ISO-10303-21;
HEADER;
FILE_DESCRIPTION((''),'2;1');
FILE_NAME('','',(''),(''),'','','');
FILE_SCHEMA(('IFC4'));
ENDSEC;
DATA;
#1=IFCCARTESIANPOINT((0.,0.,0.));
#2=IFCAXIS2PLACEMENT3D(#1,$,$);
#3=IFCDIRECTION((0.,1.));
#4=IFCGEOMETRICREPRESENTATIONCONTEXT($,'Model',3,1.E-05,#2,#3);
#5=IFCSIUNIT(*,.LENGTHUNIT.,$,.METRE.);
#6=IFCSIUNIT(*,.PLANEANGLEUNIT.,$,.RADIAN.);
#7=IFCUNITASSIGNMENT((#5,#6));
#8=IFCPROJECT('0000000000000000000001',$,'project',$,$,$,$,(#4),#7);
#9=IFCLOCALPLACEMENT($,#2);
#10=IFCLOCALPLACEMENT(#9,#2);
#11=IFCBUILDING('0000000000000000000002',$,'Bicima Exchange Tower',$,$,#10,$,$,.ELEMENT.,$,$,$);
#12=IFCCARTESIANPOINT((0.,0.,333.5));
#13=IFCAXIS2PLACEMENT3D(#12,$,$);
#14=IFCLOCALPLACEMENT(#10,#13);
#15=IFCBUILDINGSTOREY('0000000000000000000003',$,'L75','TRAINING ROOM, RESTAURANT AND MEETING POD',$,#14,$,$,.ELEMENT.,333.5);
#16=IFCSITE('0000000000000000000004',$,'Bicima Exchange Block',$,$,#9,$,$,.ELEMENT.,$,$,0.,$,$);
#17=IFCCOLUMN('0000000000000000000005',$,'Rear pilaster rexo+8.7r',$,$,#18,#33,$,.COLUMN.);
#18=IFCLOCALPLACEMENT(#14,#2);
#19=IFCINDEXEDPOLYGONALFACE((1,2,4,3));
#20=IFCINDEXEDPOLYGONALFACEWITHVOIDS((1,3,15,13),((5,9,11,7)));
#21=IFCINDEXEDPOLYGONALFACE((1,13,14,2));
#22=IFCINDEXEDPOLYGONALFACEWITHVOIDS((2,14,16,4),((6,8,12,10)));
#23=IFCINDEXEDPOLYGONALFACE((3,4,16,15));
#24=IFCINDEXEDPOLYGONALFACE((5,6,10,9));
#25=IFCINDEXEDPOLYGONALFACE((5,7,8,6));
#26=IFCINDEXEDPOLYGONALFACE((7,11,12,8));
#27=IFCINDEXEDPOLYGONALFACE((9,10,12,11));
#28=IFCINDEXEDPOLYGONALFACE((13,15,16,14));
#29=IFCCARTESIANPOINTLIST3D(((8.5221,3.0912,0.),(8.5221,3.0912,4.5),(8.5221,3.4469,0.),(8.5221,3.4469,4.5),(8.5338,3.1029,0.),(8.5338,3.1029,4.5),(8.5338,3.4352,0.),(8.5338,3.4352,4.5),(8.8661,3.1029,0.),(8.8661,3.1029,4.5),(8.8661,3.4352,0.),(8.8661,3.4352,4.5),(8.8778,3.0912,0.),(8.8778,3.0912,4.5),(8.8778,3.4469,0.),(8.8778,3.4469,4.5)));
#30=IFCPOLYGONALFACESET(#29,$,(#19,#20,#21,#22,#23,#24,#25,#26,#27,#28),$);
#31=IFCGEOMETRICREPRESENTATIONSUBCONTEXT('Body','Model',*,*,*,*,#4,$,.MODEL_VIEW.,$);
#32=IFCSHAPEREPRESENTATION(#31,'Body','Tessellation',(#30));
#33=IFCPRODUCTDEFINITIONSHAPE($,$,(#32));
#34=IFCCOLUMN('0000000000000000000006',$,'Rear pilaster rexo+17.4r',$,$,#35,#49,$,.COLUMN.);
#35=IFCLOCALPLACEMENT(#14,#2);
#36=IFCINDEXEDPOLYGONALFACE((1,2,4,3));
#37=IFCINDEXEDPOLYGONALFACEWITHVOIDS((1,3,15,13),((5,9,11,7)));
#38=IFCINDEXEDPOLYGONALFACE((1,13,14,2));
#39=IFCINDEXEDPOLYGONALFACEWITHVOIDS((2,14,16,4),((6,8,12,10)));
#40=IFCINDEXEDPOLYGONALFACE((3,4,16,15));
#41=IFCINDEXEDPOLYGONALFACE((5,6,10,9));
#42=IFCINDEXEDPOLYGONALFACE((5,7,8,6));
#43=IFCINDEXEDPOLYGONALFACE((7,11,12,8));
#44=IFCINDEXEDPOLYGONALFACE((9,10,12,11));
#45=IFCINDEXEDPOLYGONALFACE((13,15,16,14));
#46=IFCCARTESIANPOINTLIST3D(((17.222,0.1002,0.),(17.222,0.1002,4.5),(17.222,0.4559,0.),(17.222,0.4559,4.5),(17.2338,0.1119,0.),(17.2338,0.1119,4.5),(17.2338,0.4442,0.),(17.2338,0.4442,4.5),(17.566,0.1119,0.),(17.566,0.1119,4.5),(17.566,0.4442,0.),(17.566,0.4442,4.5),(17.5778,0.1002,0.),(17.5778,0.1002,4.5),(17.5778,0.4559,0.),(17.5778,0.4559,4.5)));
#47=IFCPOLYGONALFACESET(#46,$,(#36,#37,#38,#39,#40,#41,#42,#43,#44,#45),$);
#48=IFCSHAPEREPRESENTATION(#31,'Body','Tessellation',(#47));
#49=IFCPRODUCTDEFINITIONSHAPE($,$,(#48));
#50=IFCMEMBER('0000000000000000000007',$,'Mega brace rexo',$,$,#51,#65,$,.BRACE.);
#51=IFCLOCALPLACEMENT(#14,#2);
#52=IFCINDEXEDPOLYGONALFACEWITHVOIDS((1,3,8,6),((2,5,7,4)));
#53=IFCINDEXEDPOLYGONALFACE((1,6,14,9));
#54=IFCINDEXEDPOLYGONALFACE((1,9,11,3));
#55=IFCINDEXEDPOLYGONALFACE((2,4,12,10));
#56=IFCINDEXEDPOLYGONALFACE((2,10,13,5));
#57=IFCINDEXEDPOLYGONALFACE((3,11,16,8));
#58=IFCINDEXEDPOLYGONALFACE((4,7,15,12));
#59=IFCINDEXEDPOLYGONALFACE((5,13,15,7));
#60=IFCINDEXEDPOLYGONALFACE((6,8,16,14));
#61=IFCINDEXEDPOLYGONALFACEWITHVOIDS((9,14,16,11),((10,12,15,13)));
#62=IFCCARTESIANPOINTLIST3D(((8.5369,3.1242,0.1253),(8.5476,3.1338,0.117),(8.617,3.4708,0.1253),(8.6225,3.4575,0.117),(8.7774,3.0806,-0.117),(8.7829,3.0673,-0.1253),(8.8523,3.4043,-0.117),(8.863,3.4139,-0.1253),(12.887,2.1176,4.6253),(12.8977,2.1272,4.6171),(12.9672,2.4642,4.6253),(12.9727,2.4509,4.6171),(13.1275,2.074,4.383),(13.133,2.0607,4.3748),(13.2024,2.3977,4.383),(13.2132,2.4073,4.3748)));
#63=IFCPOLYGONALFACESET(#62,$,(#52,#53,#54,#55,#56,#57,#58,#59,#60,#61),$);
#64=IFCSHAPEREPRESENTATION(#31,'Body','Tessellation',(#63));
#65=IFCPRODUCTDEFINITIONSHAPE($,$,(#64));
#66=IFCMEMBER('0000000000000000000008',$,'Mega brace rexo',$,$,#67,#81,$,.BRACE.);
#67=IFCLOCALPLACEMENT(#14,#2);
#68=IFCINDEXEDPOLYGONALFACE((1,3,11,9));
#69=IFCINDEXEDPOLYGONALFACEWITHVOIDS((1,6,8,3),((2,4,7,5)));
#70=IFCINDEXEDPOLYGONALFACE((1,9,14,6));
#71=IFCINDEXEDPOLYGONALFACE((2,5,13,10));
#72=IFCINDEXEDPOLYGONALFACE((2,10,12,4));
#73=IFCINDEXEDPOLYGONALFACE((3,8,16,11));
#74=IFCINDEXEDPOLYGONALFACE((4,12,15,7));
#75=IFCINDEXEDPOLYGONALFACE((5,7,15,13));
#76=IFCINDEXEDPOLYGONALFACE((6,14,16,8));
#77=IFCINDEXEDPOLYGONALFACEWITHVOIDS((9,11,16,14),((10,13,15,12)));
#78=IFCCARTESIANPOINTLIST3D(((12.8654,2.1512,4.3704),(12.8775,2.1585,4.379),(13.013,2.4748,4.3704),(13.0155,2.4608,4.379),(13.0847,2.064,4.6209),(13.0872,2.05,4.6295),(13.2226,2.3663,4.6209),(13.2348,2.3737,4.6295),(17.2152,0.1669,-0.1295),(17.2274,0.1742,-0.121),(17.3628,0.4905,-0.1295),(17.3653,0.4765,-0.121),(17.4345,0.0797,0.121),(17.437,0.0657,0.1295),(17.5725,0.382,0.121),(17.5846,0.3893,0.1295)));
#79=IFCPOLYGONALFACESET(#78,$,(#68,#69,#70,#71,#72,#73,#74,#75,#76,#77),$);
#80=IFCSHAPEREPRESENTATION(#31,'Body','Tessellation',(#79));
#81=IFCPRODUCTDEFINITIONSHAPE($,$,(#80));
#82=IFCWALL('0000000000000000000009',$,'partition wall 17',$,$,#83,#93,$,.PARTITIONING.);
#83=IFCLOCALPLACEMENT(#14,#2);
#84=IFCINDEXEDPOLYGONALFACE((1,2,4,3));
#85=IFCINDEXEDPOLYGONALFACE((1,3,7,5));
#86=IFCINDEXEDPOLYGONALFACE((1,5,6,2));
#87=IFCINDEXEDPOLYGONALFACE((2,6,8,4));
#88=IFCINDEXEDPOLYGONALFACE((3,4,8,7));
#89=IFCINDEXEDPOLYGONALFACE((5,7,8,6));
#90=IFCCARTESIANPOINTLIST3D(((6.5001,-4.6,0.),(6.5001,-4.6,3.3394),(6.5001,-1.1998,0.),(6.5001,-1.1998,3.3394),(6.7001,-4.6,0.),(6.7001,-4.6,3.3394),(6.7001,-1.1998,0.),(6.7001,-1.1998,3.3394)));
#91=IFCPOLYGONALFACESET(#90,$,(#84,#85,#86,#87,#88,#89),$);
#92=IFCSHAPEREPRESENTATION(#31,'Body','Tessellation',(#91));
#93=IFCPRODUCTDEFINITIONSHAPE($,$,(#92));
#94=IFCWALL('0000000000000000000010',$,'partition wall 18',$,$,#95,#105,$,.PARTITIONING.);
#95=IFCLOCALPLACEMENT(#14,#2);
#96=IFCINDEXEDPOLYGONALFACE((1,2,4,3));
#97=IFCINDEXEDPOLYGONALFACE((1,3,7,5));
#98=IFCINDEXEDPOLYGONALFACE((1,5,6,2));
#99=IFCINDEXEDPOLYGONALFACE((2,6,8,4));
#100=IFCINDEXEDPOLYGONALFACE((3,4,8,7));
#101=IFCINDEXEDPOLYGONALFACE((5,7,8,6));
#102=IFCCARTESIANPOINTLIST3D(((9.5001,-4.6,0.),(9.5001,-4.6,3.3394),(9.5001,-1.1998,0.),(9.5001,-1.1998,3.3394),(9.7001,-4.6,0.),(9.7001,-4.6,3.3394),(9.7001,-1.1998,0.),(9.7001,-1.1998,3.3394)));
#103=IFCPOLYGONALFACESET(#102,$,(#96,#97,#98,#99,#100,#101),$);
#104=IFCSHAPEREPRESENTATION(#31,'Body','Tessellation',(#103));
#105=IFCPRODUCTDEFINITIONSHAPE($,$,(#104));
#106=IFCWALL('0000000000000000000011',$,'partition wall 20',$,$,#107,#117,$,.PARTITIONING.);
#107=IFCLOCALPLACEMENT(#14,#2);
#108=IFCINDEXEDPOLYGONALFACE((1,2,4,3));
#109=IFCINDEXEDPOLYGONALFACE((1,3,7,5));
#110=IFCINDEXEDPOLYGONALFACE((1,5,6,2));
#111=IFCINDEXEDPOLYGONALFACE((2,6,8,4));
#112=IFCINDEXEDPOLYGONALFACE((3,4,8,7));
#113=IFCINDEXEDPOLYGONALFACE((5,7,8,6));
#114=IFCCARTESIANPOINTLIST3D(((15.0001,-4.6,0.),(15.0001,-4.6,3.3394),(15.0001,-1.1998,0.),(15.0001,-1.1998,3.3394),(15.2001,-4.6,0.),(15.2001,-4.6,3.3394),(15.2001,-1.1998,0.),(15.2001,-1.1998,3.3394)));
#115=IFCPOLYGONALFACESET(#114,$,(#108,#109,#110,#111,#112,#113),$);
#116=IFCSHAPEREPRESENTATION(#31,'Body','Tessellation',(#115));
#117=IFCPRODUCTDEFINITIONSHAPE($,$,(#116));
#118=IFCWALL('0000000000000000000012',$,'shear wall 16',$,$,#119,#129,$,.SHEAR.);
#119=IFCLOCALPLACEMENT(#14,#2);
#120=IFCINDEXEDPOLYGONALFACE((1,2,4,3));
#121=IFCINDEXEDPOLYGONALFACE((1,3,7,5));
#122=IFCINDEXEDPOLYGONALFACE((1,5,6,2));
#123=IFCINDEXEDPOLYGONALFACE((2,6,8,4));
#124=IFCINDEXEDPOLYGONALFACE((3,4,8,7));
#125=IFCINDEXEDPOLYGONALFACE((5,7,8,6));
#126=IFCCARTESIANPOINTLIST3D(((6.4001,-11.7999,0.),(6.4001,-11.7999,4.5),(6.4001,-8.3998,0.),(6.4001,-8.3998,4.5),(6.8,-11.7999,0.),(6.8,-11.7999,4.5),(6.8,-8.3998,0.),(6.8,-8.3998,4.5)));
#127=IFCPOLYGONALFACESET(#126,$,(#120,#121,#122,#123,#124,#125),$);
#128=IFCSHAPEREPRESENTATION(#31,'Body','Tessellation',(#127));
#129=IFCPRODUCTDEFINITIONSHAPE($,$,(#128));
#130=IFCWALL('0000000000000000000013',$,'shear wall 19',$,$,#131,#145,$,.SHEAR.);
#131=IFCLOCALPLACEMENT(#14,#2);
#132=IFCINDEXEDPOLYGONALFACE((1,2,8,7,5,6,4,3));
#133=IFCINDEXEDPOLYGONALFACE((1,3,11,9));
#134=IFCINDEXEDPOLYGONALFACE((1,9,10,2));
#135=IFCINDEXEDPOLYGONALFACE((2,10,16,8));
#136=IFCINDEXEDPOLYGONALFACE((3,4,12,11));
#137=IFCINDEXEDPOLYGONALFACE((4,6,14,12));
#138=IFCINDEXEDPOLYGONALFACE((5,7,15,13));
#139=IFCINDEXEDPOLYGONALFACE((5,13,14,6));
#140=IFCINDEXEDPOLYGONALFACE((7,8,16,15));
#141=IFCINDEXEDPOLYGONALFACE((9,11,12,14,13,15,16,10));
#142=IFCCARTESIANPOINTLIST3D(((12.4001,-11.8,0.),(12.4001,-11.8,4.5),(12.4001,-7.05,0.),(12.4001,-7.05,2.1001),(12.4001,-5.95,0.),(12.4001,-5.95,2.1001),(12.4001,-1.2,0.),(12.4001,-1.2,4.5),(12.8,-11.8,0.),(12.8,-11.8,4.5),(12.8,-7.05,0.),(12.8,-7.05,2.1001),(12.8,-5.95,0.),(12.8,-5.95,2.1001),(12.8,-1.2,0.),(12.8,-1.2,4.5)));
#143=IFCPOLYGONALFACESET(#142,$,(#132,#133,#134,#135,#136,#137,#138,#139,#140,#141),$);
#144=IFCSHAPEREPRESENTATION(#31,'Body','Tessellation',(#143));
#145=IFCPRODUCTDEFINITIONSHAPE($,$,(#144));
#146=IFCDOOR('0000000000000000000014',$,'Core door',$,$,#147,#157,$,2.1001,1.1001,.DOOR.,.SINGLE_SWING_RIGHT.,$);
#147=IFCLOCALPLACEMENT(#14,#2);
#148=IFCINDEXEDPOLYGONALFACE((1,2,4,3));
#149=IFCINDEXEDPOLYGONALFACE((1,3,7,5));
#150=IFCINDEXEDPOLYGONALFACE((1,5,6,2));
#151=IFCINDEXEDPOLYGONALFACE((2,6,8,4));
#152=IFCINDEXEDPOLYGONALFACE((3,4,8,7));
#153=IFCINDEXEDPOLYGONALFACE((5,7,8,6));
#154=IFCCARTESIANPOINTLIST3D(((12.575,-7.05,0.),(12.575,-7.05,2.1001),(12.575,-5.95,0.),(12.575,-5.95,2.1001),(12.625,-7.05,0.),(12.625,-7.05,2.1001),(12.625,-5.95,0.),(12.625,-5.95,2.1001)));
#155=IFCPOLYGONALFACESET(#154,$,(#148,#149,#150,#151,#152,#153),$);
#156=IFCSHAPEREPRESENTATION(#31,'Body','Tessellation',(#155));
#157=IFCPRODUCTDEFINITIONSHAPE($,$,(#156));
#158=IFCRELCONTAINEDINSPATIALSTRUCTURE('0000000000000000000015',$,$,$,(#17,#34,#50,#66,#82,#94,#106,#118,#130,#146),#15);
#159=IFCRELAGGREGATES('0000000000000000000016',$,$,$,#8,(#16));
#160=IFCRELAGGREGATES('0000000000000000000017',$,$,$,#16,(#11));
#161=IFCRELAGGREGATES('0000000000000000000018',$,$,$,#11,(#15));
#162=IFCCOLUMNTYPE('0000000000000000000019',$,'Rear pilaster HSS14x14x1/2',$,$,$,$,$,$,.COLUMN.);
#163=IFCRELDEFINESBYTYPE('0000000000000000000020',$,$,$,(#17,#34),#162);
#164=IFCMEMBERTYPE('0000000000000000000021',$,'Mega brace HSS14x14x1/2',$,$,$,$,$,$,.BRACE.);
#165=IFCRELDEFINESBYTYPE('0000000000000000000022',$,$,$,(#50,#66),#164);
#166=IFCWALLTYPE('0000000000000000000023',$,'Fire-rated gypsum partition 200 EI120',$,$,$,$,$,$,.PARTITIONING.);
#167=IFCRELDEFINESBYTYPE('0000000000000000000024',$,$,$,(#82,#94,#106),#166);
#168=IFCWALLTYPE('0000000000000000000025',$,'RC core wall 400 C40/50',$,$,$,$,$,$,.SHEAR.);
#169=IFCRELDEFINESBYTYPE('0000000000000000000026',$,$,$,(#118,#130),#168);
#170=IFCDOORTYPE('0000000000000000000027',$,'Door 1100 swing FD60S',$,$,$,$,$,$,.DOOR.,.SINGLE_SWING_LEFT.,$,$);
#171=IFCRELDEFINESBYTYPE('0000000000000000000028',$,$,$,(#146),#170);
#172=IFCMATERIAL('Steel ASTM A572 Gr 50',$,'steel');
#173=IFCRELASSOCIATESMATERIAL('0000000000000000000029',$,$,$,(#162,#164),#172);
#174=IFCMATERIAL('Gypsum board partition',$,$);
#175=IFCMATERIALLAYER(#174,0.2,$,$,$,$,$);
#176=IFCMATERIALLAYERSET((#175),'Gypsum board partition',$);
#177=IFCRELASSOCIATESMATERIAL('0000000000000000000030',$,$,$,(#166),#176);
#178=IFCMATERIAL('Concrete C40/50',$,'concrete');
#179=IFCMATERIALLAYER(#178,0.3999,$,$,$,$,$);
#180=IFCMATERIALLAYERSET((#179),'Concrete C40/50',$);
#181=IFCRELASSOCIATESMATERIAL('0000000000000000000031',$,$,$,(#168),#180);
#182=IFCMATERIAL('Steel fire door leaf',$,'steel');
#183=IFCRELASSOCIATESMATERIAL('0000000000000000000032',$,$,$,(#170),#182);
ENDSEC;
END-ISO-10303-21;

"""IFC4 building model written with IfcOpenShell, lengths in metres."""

from ifc_helpers import new_model, si_unit, direction, frame, frame_2d, origin, origin_2d, place, context, subcontext, project, spatial, rectangle, hollow_rectangle, extrude, material, layer, layer_set, material_profile, profile_set, type_object, element, fill, save


model = new_model("IFC4")

# Units and contexts
model_context = context("Model", 3, precision=1e-05, world=origin(), true_north=direction((0.0, 1.0)))
body_context = subcontext(model_context, "Body", "Model", "MODEL_VIEW")
ifc_project = project(units=[si_unit("LENGTHUNIT", "METRE"), si_unit("PLANEANGLEUNIT", "RADIAN")], contexts=[model_context])

# Site, building, storey
site_placement = place(None, origin())
site = spatial("IfcSite", under=ifc_project, at=site_placement, Name="Bicima Exchange Block", CompositionType="ELEMENT", RefElevation=0.0)
building_placement = place(site_placement, origin())
building = spatial("IfcBuilding", under=site, at=building_placement, Name="Bicima Exchange Tower", CompositionType="ELEMENT")
storey_placement = place(building_placement, frame((0.0, 0.0, 333.5)))
storey = spatial("IfcBuildingStorey", under=building, at=storey_placement, Name="L75", Description="TRAINING ROOM, RESTAURANT AND MEETING POD", CompositionType="ELEMENT", Elevation=333.5)

# Columns
ifc_material_1 = material(Name="Steel ASTM A572 Gr 50", Category="steel")
ifc_material_profile = material_profile(ifc_material_1, hollow_rectangle(XDim=0.3557, YDim=0.3557, WallThickness=0.0117, at=origin_2d()))
ifc_profile_set = profile_set([ifc_material_profile], Name="Steel ASTM A572 Gr 50")
column_type = type_object("IfcColumnType", Name="Rear pilaster HSS14x14x1/2", PredefinedType="COLUMN", material=ifc_profile_set)
for number, where, z_axis, x_axis, name in (
    (1, (8.7, 3.269, 0.0), (0.0, 0.0, 1.0), (1.0, 0.0, 0.0), "Rear pilaster rexo+8.7r"),
    (2, (17.3999, 0.2781, 0.0), (0.0, 0.0, 1.0), (1.0, 0.0, 0.0), "Rear pilaster rexo+17.4r"),
):
    element("IfcColumn", number, at=place(storey_placement, frame(where, z_axis=z_axis, x_axis=x_axis)), inside=storey, type_object=column_type, Name=name, PredefinedType="COLUMN", context=body_context, shape_type="SweptSolid", body=[
        extrude(hollow_rectangle(XDim=0.3557, YDim=0.3557, WallThickness=0.0117, at=origin_2d()), origin(), (0.0, 0.0, 1.0), 4.5),
    ])

# Members
member_type = type_object("IfcMemberType", Name="Mega brace HSS14x14x1/2", PredefinedType="BRACE", material=ifc_profile_set)
member_1_placement = place(storey_placement, frame((8.7, 3.269, 0.0), z_axis=(0.686212, -0.158786, 0.709859), x_axis=(0.225439, 0.974257, 0.0)))
element("IfcMember", 3, at=member_1_placement, inside=storey, type_object=member_type, Name="Mega brace rexo", PredefinedType="BRACE", context=body_context, shape_type="SweptSolid", body=[
    extrude(hollow_rectangle(XDim=0.3557, YDim=0.3557, WallThickness=0.0117, at=origin_2d()), origin(), (0.0, 0.0, 1.0), 6.3394),
])
member_2_placement = place(storey_placement, frame((17.3999, 0.2781, 0.0), z_axis=(-0.662508, 0.302232, 0.685376), x_axis=(-0.415045, -0.909801, 0.0)))
element("IfcMember", 4, at=member_2_placement, inside=storey, type_object=member_type, Name="Mega brace rexo", PredefinedType="BRACE", context=body_context, shape_type="SweptSolid", body=[
    extrude(hollow_rectangle(XDim=0.3557, YDim=0.3557, WallThickness=0.0117, at=origin_2d()), origin(), (0.0, 0.0, 1.0), 6.5657),
])

# Walls
ifc_material_2 = material(Name="Gypsum board partition")
ifc_layer_1 = layer(ifc_material_2, 0.2)
ifc_layer_set_1 = layer_set([ifc_layer_1], Name="Gypsum board partition")
wall_type_1 = type_object("IfcWallType", Name="Fire-rated gypsum partition 200 EI120", PredefinedType="PARTITIONING", material=ifc_layer_set_1)
for number, where, z_axis, x_axis, name in (
    (5, (6.6001, -4.6001, 0.0), (0.0, 0.0, 1.0), (0.0, 1.0, 0.0), "partition wall 17"),
    (6, (9.6001, -4.6001, 0.0), (0.0, 0.0, 1.0), (0.0, 1.0, 0.0), "partition wall 18"),
    (7, (15.1001, -4.6001, 0.0), (0.0, 0.0, 1.0), (0.0, 1.0, 0.0), "partition wall 20"),
):
    element("IfcWall", number, at=place(storey_placement, frame(where, z_axis=z_axis, x_axis=x_axis)), inside=storey, type_object=wall_type_1, Name=name, PredefinedType="PARTITIONING", context=body_context, shape_type="SweptSolid", body=[
        extrude(rectangle(XDim=3.4001, YDim=0.2, at=frame_2d((1.7002, 0.0))), origin(), (0.0, 0.0, 1.0), 3.3394),
    ])
ifc_material_3 = material(Name="Concrete C40/50", Category="concrete")
ifc_layer_2 = layer(ifc_material_3, 0.3999)
ifc_layer_set_2 = layer_set([ifc_layer_2], Name="Concrete C40/50")
wall_type_2 = type_object("IfcWallType", Name="RC core wall 400 C40/50", PredefinedType="SHEAR", material=ifc_layer_set_2)
wall_1_placement = place(storey_placement, frame((6.6001, -11.8, 0.0), z_axis=(0.0, 0.0, 1.0), x_axis=(0.0, 1.0, 0.0)))
element("IfcWall", 8, at=wall_1_placement, inside=storey, type_object=wall_type_2, Name="shear wall 16", PredefinedType="SHEAR", context=body_context, shape_type="SweptSolid", body=[
    extrude(rectangle(XDim=3.4001, YDim=0.3999, at=frame_2d((1.7002, 0.0))), origin(), (0.0, 0.0, 1.0), 4.5),
])

# Wall, opening, door
wall_2_placement = place(storey_placement, frame((12.6001, -11.8, 0.0), z_axis=(0.0, 0.0, 1.0), x_axis=(0.0, 1.0, 0.0)))
wall_2 = element("IfcWall", 9, at=wall_2_placement, inside=storey, type_object=wall_type_2, Name="shear wall 19", PredefinedType="SHEAR", context=body_context, shape_type="SweptSolid", body=[
    extrude(rectangle(XDim=10.6001, YDim=0.3999, at=frame_2d((5.3, 0.0))), origin(), (0.0, 0.0, 1.0), 4.5),
])
opening_1_placement = place(wall_2_placement, frame((4.75, 0.0, 0.0)))
opening_1 = element("IfcOpeningElement", 10, at=opening_1_placement, cuts=wall_2, PredefinedType="OPENING", context=body_context, shape_type="SweptSolid", body=[
    extrude(rectangle(XDim=1.1001, YDim=2.1001, at=frame_2d((0.55, 1.05))), frame((0.0, 0.2119, 0.0), z_axis=(0.0, -1.0, 0.0), x_axis=(1.0, 0.0, 0.0)), (0.0, 0.0, 1.0), 0.4238),
])
ifc_material_4 = material(Name="Steel fire door leaf", Category="steel")
door_type = type_object("IfcDoorType", Name="Door 1100 swing FD60S", OperationType="SINGLE_SWING_LEFT", PredefinedType="DOOR", material=ifc_material_4)
door_1_placement = place(opening_1_placement, frame((1.1001, 0.0, 0.0), z_axis=(0.0, 0.0, 1.0), x_axis=(-1.0, 0.0, 0.0)))
door_1 = element("IfcDoor", 11, at=door_1_placement, inside=storey, type_object=door_type, Name="Core door", OperationType="SINGLE_SWING_RIGHT", OverallHeight=2.1001, OverallWidth=1.1001, PredefinedType="DOOR", context=body_context, shape_type="SweptSolid", body=[
    extrude(rectangle(XDim=1.1001, YDim=2.1001, at=frame_2d((0.55, 1.05))), frame((0.0, 0.0249, 0.0), z_axis=(0.0, -1.0, 0.0), x_axis=(1.0, 0.0, 0.0)), (0.0, 0.0, 1.0), 0.05),
])
fill(opening_1, door_1)

save(model, "model.ifc")
